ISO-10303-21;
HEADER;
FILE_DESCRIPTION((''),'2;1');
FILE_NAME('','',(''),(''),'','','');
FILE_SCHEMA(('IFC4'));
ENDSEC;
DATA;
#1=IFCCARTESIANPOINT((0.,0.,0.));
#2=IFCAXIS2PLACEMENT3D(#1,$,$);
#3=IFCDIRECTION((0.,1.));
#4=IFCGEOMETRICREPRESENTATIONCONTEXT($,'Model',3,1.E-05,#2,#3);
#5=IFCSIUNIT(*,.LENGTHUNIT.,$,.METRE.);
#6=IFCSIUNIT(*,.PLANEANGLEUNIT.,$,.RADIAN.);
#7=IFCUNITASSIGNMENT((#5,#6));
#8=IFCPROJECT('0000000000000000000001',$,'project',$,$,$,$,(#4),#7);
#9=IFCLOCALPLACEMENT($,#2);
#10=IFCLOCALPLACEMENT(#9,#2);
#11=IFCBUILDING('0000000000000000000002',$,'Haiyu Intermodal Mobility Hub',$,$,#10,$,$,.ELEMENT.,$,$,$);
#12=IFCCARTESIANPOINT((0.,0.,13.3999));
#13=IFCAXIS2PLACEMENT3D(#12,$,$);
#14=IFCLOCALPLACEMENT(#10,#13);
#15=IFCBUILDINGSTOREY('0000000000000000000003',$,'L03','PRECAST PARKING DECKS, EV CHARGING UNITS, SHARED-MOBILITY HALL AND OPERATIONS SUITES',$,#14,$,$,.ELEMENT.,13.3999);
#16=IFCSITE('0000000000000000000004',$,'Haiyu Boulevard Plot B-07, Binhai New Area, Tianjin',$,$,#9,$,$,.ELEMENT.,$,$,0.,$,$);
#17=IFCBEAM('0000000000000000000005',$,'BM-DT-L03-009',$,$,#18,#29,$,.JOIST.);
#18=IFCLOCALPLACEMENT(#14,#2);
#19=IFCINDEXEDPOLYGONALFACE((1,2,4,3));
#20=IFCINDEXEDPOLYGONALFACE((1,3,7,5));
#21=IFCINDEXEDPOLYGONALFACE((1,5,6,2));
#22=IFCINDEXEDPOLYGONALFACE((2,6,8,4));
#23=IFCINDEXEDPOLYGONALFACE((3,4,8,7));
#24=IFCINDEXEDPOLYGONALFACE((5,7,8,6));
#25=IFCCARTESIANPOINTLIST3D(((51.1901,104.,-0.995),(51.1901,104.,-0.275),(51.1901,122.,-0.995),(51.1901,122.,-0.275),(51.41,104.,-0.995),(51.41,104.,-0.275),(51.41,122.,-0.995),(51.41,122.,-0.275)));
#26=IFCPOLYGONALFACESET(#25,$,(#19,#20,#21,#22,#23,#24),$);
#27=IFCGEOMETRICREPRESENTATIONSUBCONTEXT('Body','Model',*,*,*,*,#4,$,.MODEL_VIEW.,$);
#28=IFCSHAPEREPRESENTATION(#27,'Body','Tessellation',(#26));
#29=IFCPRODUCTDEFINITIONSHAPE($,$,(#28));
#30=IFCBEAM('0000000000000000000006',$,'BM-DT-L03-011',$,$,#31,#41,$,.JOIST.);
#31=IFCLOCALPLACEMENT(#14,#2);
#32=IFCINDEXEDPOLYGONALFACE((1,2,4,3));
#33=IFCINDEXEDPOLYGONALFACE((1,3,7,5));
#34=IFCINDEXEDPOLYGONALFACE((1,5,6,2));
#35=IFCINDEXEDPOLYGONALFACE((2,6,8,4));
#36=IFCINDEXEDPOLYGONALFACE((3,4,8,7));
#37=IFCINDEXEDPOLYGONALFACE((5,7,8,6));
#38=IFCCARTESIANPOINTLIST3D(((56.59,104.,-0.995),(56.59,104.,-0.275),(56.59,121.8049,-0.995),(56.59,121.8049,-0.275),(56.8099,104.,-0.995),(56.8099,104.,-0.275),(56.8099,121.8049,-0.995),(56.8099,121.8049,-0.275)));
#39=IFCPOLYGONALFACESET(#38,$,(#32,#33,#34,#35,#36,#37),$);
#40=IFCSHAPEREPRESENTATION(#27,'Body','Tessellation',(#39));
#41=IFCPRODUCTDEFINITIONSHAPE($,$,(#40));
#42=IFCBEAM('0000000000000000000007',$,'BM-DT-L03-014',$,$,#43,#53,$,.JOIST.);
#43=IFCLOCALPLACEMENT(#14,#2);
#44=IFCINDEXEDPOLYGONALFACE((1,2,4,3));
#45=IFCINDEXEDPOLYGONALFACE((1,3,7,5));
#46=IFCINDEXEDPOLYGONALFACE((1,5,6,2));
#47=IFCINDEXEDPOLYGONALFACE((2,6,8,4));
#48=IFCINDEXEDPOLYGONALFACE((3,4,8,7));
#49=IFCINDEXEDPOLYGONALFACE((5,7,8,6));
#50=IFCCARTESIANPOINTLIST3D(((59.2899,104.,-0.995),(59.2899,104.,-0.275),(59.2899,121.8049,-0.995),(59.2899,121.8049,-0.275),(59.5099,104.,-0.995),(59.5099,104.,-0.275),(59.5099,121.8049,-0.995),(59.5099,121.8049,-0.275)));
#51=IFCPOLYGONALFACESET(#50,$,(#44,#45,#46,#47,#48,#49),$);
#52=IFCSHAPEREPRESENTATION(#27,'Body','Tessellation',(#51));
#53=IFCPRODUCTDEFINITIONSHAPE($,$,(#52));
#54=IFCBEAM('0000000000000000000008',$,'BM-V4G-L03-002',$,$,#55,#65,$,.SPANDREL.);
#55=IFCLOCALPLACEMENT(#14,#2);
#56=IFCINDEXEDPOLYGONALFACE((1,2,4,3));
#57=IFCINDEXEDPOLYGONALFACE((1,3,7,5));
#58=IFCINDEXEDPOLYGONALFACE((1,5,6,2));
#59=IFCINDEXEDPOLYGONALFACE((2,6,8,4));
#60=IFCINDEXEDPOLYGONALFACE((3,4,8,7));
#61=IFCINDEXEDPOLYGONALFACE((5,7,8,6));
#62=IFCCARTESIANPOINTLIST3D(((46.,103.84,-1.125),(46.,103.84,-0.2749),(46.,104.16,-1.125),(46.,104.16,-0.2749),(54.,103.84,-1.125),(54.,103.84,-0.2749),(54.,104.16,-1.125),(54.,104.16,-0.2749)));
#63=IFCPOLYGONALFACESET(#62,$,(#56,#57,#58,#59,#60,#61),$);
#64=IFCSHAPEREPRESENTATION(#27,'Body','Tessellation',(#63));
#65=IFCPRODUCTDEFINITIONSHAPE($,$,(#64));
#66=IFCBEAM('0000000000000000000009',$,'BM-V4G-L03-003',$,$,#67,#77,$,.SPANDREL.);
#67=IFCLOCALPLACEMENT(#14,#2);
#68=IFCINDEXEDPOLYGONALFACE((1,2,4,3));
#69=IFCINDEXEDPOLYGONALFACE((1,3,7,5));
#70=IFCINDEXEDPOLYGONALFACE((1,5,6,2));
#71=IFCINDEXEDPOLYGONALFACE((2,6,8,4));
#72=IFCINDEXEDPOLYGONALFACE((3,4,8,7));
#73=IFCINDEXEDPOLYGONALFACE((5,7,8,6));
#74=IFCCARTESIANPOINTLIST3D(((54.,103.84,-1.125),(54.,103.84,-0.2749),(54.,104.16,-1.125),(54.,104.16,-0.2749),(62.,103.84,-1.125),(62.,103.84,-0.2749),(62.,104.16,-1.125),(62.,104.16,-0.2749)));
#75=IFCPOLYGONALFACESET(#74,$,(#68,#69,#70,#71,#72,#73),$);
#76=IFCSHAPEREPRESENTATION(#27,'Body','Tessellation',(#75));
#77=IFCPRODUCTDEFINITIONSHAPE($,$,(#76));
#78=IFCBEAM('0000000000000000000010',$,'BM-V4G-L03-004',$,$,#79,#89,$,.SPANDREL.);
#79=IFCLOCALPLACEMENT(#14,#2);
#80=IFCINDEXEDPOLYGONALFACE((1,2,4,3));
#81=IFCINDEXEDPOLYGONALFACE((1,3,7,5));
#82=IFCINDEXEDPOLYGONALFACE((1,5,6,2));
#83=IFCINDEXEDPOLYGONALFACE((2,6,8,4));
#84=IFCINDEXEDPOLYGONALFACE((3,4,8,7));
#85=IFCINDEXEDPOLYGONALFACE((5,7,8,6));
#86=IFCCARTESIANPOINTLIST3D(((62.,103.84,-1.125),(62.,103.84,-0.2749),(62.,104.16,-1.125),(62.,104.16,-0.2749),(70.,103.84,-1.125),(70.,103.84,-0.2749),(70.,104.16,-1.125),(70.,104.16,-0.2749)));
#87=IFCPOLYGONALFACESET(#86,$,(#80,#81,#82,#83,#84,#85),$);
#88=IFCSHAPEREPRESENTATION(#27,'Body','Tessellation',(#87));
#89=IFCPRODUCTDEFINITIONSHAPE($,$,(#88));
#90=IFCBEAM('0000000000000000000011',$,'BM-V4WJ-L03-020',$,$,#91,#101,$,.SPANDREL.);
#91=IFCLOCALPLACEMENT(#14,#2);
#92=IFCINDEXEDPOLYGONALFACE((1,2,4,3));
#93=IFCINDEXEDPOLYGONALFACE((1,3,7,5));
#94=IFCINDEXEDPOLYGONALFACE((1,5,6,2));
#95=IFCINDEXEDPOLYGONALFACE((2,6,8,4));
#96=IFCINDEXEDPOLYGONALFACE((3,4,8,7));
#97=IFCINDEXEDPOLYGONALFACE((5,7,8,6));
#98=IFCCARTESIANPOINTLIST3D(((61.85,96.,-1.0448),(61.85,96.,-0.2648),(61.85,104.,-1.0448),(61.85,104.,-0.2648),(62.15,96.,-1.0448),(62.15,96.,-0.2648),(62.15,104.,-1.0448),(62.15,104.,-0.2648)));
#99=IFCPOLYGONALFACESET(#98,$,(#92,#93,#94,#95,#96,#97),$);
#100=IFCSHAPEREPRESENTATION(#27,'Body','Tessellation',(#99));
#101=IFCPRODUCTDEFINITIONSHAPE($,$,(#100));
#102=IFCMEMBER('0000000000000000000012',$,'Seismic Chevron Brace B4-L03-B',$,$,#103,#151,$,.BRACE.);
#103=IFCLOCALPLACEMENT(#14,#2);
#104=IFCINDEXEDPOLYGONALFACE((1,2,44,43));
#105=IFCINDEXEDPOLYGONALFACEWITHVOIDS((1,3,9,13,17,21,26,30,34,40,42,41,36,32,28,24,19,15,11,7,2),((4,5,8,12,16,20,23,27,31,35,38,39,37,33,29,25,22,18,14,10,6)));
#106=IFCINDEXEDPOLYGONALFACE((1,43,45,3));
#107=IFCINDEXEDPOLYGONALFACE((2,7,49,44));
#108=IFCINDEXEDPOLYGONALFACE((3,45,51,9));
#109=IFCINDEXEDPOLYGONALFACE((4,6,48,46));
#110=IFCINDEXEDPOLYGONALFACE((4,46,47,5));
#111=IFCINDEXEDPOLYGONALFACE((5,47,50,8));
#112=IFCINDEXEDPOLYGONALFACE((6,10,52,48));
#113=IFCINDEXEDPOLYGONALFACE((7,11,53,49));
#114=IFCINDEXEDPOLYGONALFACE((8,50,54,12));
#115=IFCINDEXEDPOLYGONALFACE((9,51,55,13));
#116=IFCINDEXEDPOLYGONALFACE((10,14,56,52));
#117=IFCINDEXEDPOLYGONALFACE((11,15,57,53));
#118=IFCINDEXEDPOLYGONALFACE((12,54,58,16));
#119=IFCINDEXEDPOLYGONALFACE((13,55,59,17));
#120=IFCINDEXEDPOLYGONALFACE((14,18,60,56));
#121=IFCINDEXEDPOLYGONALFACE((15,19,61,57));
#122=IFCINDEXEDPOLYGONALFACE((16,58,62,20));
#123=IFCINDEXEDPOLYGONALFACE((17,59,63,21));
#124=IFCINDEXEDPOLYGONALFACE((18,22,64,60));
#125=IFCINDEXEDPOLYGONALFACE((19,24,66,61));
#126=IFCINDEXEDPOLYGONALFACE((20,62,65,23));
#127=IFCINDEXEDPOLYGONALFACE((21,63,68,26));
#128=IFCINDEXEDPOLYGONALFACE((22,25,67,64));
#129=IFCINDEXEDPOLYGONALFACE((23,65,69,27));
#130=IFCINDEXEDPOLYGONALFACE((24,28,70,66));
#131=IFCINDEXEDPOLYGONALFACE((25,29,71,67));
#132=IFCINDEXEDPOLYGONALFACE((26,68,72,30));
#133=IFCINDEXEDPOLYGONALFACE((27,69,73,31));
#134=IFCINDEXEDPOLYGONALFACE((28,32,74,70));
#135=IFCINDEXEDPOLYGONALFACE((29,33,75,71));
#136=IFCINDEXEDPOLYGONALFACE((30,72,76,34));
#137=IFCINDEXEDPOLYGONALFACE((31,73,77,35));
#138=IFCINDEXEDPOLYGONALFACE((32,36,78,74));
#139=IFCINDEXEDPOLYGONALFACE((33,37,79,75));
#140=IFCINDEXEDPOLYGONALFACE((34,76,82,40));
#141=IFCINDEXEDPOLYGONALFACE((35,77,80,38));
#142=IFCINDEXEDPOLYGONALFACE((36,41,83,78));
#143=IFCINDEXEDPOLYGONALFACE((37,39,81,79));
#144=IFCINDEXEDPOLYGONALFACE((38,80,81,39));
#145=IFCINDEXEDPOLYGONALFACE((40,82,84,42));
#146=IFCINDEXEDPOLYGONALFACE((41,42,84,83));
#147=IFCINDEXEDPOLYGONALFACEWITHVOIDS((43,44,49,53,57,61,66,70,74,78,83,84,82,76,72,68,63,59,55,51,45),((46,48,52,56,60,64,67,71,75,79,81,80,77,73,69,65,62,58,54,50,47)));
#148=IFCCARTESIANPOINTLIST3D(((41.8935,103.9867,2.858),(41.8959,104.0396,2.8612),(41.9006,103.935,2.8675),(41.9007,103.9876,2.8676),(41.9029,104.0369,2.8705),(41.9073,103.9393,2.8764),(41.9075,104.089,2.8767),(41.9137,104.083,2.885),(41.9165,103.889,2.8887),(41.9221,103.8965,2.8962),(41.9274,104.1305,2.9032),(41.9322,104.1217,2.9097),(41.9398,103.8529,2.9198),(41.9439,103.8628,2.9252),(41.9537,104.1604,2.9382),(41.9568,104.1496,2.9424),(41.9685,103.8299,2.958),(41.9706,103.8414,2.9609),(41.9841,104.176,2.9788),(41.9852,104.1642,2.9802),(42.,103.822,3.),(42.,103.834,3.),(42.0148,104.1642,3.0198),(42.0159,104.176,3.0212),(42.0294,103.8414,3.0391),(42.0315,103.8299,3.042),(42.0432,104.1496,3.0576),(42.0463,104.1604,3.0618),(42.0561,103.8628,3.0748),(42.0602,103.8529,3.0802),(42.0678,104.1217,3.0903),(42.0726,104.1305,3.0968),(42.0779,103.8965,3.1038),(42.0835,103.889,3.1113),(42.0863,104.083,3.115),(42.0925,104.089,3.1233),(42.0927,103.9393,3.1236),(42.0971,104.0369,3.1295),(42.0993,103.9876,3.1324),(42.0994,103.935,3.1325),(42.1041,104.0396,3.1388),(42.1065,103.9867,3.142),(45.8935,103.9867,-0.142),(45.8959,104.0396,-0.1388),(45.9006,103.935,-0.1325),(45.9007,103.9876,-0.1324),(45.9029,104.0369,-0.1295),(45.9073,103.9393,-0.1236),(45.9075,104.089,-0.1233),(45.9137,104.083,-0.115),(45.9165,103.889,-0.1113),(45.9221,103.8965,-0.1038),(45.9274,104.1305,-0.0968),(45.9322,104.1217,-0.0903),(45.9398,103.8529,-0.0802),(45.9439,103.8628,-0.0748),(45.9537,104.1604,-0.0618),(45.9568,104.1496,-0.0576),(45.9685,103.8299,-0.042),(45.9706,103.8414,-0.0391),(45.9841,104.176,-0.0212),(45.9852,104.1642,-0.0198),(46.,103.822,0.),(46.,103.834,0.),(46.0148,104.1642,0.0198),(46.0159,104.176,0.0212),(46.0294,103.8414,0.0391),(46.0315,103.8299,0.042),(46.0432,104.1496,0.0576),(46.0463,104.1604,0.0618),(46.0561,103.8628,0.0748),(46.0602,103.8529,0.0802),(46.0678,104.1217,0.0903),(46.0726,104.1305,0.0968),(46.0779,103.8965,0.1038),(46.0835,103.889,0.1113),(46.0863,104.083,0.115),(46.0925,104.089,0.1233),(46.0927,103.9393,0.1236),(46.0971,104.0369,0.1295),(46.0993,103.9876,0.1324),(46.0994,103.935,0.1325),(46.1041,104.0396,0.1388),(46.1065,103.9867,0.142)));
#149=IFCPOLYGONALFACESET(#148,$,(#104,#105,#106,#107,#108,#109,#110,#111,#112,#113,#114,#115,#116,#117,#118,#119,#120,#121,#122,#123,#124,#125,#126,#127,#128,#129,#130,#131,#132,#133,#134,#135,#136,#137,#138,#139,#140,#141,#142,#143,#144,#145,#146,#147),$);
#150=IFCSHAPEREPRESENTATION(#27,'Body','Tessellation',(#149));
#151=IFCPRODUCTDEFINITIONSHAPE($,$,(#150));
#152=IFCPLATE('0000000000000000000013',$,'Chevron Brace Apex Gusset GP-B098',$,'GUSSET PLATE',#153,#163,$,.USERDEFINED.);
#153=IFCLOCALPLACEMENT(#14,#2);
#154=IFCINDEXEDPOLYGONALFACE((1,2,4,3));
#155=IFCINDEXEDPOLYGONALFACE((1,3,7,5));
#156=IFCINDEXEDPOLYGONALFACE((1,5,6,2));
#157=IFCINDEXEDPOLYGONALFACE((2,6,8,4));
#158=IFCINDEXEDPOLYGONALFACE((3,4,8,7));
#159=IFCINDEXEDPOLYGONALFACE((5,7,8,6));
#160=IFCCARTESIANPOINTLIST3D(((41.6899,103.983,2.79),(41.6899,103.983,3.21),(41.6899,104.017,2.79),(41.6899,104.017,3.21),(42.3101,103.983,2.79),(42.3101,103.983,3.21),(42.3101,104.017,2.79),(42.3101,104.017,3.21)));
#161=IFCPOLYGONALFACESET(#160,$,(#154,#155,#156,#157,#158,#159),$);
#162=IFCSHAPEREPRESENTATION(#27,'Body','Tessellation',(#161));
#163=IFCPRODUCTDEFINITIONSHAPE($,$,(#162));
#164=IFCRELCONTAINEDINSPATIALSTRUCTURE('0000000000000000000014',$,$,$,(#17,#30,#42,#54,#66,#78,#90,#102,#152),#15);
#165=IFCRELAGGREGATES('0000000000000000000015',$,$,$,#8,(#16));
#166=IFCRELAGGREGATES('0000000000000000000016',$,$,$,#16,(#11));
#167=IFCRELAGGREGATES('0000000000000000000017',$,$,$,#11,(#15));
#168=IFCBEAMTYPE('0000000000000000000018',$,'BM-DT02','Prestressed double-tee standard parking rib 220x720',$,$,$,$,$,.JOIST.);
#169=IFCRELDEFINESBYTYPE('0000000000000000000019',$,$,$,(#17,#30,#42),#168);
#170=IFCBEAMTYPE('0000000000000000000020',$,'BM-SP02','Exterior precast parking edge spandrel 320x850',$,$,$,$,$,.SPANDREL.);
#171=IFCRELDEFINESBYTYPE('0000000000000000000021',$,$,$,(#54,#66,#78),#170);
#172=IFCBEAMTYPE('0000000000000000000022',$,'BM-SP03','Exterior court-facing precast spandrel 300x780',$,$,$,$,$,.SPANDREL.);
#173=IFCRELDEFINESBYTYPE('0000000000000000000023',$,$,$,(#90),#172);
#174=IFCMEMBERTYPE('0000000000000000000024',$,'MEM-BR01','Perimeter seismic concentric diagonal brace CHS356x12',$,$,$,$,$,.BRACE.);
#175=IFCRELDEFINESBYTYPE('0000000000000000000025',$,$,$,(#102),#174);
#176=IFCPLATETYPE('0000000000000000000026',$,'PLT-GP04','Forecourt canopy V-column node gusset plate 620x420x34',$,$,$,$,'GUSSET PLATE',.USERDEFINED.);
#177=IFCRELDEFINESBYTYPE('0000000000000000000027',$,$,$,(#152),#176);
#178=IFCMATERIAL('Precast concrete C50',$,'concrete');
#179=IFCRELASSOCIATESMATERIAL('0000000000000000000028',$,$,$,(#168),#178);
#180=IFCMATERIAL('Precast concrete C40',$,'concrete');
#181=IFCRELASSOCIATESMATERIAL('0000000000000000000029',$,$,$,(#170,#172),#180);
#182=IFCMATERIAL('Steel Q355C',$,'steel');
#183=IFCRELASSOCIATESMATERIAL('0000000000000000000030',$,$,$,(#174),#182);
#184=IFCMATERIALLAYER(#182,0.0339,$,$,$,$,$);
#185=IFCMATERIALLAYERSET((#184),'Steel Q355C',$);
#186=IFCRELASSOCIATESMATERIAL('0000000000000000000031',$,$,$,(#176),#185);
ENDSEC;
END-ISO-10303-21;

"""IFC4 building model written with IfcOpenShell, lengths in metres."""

from ifc_helpers import new_model, si_unit, direction, frame, origin, origin_2d, place, context, subcontext, project, spatial, rectangle, hollow_circle, extrude, material, layer, layer_set, material_profile, profile_set, type_object, element, save


model = new_model("IFC4")

# Units and contexts
model_context = context("Model", 3, precision=1e-05, world=origin(), true_north=direction((0.0, 1.0)))
body_context = subcontext(model_context, "Body", "Model", "MODEL_VIEW")
ifc_project = project(units=[si_unit("LENGTHUNIT", "METRE"), si_unit("PLANEANGLEUNIT", "RADIAN")], contexts=[model_context])

# Site, building, storey
site_placement = place(None, origin())
site = spatial("IfcSite", under=ifc_project, at=site_placement, Name="Haiyu Boulevard Plot B-07, Binhai New Area, Tianjin", CompositionType="ELEMENT", RefElevation=0.0)
building_placement = place(site_placement, origin())
building = spatial("IfcBuilding", under=site, at=building_placement, Name="Haiyu Intermodal Mobility Hub", CompositionType="ELEMENT")
storey_placement = place(building_placement, frame((0.0, 0.0, 13.3999)))
storey = spatial("IfcBuildingStorey", under=building, at=storey_placement, Name="L03", Description="PRECAST PARKING DECKS, EV CHARGING UNITS, SHARED-MOBILITY HALL AND OPERATIONS SUITES", CompositionType="ELEMENT", Elevation=13.3999)

# Shared definitions
ifc_material_1 = material(Name="Precast concrete C40", Category="concrete")

# Beams
ifc_material_2 = material(Name="Precast concrete C50", Category="concrete")
ifc_material_profile_1 = material_profile(ifc_material_2, rectangle(XDim=0.22, YDim=0.72, at=origin_2d()), Name="PC220x720")
ifc_profile_set_1 = profile_set([ifc_material_profile_1], Name="Precast concrete C50")
beam_type_1 = type_object("IfcBeamType", Name="BM-DT02", Description="Prestressed double-tee standard parking rib 220x720", PredefinedType="JOIST", material=ifc_profile_set_1)
for number, where, z_axis, x_axis, name in (
    (1, (51.3, 104.0, -0.635), (0.0, 1.0, 0.0), (-1.0, 0.0, 0.0), "BM-DT-L03-009"),
):
    element("IfcBeam", number, at=place(storey_placement, frame(where, z_axis=z_axis, x_axis=x_axis)), inside=storey, type_object=beam_type_1, Name=name, PredefinedType="JOIST", context=body_context, shape_type="SweptSolid", body=[
        extrude(rectangle(XDim=0.22, YDim=0.72, at=origin_2d()), origin(), (0.0, 0.0, 1.0), 18.0),
    ])
for number, where, z_axis, x_axis, name in (
    (2, (56.7, 104.0, -0.635), (0.0, 1.0, 0.0), (-1.0, 0.0, 0.0), "BM-DT-L03-011"),
    (3, (59.3999, 104.0, -0.635), (0.0, 1.0, 0.0), (-1.0, 0.0, 0.0), "BM-DT-L03-014"),
):
    element("IfcBeam", number, at=place(storey_placement, frame(where, z_axis=z_axis, x_axis=x_axis)), inside=storey, type_object=beam_type_1, Name=name, PredefinedType="JOIST", context=body_context, shape_type="SweptSolid", body=[
        extrude(rectangle(XDim=0.22, YDim=0.72, at=origin_2d()), origin(), (0.0, 0.0, 1.0), 17.8049),
    ])
ifc_material_profile_2 = material_profile(ifc_material_1, rectangle(XDim=0.3201, YDim=0.8501, at=origin_2d()), Name="PC320x850")
ifc_profile_set_2 = profile_set([ifc_material_profile_2], Name="Precast concrete C40")
beam_type_2 = type_object("IfcBeamType", Name="BM-SP02", Description="Exterior precast parking edge spandrel 320x850", PredefinedType="SPANDREL", material=ifc_profile_set_2)
for number, where, z_axis, x_axis, name in (
    (4, (46.0, 104.0, -0.7), (1.0, 0.0, 0.0), (0.0, 1.0, 0.0), "BM-V4G-L03-002"),
    (5, (54.0, 104.0, -0.7), (1.0, 0.0, 0.0), (0.0, 1.0, 0.0), "BM-V4G-L03-003"),
    (6, (62.0, 104.0, -0.7), (1.0, 0.0, 0.0), (0.0, 1.0, 0.0), "BM-V4G-L03-004"),
):
    element("IfcBeam", number, at=place(storey_placement, frame(where, z_axis=z_axis, x_axis=x_axis)), inside=storey, type_object=beam_type_2, Name=name, PredefinedType="SPANDREL", context=body_context, shape_type="SweptSolid", body=[
        extrude(rectangle(XDim=0.3201, YDim=0.8501, at=origin_2d()), origin(), (0.0, 0.0, 1.0), 8.0),
    ])
ifc_material_profile_3 = material_profile(ifc_material_1, rectangle(XDim=0.3, YDim=0.78, at=origin_2d()), Name="PC300x780")
ifc_profile_set_3 = profile_set([ifc_material_profile_3], Name="Precast concrete C40")
beam_type_3 = type_object("IfcBeamType", Name="BM-SP03", Description="Exterior court-facing precast spandrel 300x780", PredefinedType="SPANDREL", material=ifc_profile_set_3)
beam_placement = place(storey_placement, frame((62.0, 96.0, -0.6548), z_axis=(0.0, 1.0, 0.0), x_axis=(-1.0, 0.0, 0.0)))
element("IfcBeam", 7, at=beam_placement, inside=storey, type_object=beam_type_3, Name="BM-V4WJ-L03-020", PredefinedType="SPANDREL", context=body_context, shape_type="SweptSolid", body=[
    extrude(rectangle(XDim=0.3, YDim=0.78, at=origin_2d()), origin(), (0.0, 0.0, 1.0), 8.0),
])

# Member
ifc_material_3 = material(Name="Steel Q355C", Category="steel")
ifc_material_profile_4 = material_profile(ifc_material_3, hollow_circle(Radius=0.178, WallThickness=0.012, at=origin_2d()), Name="CHS356x12")
ifc_profile_set_4 = profile_set([ifc_material_profile_4], Name="Steel Q355C")
member_type = type_object("IfcMemberType", Name="MEM-BR01", Description="Perimeter seismic concentric diagonal brace CHS356x12", PredefinedType="BRACE", material=ifc_profile_set_4)
member_placement = place(storey_placement, frame((46.0, 104.0, 0.0), z_axis=(-0.8, 0.0, 0.6), x_axis=(0.0, -1.0, 0.0)))
element("IfcMember", 8, at=member_placement, inside=storey, type_object=member_type, Name="Seismic Chevron Brace B4-L03-B", PredefinedType="BRACE", context=body_context, shape_type="SweptSolid", body=[
    extrude(hollow_circle(Radius=0.178, WallThickness=0.012, at=origin_2d()), origin(), (0.0, 0.0, 1.0), 5.0),
])

# Plate
ifc_layer = layer(ifc_material_3, 0.0339)
ifc_layer_set = layer_set([ifc_layer], Name="Steel Q355C")
plate_type = type_object("IfcPlateType", Name="PLT-GP04", Description="Forecourt canopy V-column node gusset plate 620x420x34", ElementType="GUSSET PLATE", PredefinedType="USERDEFINED", material=ifc_layer_set)
plate_placement = place(storey_placement, frame((42.0, 104.0, 2.79), z_axis=(0.0, 0.0, 1.0), x_axis=(1.0, 0.0, 0.0)))
element("IfcPlate", 9, at=plate_placement, inside=storey, type_object=plate_type, Name="Chevron Brace Apex Gusset GP-B098", ObjectType="GUSSET PLATE", PredefinedType="USERDEFINED", context=body_context, shape_type="SweptSolid", body=[
    extrude(rectangle(XDim=0.6201, YDim=0.0339, at=origin_2d()), origin(), (0.0, 0.0, 1.0), 0.4199),
])

save(model, "model.ifc")
